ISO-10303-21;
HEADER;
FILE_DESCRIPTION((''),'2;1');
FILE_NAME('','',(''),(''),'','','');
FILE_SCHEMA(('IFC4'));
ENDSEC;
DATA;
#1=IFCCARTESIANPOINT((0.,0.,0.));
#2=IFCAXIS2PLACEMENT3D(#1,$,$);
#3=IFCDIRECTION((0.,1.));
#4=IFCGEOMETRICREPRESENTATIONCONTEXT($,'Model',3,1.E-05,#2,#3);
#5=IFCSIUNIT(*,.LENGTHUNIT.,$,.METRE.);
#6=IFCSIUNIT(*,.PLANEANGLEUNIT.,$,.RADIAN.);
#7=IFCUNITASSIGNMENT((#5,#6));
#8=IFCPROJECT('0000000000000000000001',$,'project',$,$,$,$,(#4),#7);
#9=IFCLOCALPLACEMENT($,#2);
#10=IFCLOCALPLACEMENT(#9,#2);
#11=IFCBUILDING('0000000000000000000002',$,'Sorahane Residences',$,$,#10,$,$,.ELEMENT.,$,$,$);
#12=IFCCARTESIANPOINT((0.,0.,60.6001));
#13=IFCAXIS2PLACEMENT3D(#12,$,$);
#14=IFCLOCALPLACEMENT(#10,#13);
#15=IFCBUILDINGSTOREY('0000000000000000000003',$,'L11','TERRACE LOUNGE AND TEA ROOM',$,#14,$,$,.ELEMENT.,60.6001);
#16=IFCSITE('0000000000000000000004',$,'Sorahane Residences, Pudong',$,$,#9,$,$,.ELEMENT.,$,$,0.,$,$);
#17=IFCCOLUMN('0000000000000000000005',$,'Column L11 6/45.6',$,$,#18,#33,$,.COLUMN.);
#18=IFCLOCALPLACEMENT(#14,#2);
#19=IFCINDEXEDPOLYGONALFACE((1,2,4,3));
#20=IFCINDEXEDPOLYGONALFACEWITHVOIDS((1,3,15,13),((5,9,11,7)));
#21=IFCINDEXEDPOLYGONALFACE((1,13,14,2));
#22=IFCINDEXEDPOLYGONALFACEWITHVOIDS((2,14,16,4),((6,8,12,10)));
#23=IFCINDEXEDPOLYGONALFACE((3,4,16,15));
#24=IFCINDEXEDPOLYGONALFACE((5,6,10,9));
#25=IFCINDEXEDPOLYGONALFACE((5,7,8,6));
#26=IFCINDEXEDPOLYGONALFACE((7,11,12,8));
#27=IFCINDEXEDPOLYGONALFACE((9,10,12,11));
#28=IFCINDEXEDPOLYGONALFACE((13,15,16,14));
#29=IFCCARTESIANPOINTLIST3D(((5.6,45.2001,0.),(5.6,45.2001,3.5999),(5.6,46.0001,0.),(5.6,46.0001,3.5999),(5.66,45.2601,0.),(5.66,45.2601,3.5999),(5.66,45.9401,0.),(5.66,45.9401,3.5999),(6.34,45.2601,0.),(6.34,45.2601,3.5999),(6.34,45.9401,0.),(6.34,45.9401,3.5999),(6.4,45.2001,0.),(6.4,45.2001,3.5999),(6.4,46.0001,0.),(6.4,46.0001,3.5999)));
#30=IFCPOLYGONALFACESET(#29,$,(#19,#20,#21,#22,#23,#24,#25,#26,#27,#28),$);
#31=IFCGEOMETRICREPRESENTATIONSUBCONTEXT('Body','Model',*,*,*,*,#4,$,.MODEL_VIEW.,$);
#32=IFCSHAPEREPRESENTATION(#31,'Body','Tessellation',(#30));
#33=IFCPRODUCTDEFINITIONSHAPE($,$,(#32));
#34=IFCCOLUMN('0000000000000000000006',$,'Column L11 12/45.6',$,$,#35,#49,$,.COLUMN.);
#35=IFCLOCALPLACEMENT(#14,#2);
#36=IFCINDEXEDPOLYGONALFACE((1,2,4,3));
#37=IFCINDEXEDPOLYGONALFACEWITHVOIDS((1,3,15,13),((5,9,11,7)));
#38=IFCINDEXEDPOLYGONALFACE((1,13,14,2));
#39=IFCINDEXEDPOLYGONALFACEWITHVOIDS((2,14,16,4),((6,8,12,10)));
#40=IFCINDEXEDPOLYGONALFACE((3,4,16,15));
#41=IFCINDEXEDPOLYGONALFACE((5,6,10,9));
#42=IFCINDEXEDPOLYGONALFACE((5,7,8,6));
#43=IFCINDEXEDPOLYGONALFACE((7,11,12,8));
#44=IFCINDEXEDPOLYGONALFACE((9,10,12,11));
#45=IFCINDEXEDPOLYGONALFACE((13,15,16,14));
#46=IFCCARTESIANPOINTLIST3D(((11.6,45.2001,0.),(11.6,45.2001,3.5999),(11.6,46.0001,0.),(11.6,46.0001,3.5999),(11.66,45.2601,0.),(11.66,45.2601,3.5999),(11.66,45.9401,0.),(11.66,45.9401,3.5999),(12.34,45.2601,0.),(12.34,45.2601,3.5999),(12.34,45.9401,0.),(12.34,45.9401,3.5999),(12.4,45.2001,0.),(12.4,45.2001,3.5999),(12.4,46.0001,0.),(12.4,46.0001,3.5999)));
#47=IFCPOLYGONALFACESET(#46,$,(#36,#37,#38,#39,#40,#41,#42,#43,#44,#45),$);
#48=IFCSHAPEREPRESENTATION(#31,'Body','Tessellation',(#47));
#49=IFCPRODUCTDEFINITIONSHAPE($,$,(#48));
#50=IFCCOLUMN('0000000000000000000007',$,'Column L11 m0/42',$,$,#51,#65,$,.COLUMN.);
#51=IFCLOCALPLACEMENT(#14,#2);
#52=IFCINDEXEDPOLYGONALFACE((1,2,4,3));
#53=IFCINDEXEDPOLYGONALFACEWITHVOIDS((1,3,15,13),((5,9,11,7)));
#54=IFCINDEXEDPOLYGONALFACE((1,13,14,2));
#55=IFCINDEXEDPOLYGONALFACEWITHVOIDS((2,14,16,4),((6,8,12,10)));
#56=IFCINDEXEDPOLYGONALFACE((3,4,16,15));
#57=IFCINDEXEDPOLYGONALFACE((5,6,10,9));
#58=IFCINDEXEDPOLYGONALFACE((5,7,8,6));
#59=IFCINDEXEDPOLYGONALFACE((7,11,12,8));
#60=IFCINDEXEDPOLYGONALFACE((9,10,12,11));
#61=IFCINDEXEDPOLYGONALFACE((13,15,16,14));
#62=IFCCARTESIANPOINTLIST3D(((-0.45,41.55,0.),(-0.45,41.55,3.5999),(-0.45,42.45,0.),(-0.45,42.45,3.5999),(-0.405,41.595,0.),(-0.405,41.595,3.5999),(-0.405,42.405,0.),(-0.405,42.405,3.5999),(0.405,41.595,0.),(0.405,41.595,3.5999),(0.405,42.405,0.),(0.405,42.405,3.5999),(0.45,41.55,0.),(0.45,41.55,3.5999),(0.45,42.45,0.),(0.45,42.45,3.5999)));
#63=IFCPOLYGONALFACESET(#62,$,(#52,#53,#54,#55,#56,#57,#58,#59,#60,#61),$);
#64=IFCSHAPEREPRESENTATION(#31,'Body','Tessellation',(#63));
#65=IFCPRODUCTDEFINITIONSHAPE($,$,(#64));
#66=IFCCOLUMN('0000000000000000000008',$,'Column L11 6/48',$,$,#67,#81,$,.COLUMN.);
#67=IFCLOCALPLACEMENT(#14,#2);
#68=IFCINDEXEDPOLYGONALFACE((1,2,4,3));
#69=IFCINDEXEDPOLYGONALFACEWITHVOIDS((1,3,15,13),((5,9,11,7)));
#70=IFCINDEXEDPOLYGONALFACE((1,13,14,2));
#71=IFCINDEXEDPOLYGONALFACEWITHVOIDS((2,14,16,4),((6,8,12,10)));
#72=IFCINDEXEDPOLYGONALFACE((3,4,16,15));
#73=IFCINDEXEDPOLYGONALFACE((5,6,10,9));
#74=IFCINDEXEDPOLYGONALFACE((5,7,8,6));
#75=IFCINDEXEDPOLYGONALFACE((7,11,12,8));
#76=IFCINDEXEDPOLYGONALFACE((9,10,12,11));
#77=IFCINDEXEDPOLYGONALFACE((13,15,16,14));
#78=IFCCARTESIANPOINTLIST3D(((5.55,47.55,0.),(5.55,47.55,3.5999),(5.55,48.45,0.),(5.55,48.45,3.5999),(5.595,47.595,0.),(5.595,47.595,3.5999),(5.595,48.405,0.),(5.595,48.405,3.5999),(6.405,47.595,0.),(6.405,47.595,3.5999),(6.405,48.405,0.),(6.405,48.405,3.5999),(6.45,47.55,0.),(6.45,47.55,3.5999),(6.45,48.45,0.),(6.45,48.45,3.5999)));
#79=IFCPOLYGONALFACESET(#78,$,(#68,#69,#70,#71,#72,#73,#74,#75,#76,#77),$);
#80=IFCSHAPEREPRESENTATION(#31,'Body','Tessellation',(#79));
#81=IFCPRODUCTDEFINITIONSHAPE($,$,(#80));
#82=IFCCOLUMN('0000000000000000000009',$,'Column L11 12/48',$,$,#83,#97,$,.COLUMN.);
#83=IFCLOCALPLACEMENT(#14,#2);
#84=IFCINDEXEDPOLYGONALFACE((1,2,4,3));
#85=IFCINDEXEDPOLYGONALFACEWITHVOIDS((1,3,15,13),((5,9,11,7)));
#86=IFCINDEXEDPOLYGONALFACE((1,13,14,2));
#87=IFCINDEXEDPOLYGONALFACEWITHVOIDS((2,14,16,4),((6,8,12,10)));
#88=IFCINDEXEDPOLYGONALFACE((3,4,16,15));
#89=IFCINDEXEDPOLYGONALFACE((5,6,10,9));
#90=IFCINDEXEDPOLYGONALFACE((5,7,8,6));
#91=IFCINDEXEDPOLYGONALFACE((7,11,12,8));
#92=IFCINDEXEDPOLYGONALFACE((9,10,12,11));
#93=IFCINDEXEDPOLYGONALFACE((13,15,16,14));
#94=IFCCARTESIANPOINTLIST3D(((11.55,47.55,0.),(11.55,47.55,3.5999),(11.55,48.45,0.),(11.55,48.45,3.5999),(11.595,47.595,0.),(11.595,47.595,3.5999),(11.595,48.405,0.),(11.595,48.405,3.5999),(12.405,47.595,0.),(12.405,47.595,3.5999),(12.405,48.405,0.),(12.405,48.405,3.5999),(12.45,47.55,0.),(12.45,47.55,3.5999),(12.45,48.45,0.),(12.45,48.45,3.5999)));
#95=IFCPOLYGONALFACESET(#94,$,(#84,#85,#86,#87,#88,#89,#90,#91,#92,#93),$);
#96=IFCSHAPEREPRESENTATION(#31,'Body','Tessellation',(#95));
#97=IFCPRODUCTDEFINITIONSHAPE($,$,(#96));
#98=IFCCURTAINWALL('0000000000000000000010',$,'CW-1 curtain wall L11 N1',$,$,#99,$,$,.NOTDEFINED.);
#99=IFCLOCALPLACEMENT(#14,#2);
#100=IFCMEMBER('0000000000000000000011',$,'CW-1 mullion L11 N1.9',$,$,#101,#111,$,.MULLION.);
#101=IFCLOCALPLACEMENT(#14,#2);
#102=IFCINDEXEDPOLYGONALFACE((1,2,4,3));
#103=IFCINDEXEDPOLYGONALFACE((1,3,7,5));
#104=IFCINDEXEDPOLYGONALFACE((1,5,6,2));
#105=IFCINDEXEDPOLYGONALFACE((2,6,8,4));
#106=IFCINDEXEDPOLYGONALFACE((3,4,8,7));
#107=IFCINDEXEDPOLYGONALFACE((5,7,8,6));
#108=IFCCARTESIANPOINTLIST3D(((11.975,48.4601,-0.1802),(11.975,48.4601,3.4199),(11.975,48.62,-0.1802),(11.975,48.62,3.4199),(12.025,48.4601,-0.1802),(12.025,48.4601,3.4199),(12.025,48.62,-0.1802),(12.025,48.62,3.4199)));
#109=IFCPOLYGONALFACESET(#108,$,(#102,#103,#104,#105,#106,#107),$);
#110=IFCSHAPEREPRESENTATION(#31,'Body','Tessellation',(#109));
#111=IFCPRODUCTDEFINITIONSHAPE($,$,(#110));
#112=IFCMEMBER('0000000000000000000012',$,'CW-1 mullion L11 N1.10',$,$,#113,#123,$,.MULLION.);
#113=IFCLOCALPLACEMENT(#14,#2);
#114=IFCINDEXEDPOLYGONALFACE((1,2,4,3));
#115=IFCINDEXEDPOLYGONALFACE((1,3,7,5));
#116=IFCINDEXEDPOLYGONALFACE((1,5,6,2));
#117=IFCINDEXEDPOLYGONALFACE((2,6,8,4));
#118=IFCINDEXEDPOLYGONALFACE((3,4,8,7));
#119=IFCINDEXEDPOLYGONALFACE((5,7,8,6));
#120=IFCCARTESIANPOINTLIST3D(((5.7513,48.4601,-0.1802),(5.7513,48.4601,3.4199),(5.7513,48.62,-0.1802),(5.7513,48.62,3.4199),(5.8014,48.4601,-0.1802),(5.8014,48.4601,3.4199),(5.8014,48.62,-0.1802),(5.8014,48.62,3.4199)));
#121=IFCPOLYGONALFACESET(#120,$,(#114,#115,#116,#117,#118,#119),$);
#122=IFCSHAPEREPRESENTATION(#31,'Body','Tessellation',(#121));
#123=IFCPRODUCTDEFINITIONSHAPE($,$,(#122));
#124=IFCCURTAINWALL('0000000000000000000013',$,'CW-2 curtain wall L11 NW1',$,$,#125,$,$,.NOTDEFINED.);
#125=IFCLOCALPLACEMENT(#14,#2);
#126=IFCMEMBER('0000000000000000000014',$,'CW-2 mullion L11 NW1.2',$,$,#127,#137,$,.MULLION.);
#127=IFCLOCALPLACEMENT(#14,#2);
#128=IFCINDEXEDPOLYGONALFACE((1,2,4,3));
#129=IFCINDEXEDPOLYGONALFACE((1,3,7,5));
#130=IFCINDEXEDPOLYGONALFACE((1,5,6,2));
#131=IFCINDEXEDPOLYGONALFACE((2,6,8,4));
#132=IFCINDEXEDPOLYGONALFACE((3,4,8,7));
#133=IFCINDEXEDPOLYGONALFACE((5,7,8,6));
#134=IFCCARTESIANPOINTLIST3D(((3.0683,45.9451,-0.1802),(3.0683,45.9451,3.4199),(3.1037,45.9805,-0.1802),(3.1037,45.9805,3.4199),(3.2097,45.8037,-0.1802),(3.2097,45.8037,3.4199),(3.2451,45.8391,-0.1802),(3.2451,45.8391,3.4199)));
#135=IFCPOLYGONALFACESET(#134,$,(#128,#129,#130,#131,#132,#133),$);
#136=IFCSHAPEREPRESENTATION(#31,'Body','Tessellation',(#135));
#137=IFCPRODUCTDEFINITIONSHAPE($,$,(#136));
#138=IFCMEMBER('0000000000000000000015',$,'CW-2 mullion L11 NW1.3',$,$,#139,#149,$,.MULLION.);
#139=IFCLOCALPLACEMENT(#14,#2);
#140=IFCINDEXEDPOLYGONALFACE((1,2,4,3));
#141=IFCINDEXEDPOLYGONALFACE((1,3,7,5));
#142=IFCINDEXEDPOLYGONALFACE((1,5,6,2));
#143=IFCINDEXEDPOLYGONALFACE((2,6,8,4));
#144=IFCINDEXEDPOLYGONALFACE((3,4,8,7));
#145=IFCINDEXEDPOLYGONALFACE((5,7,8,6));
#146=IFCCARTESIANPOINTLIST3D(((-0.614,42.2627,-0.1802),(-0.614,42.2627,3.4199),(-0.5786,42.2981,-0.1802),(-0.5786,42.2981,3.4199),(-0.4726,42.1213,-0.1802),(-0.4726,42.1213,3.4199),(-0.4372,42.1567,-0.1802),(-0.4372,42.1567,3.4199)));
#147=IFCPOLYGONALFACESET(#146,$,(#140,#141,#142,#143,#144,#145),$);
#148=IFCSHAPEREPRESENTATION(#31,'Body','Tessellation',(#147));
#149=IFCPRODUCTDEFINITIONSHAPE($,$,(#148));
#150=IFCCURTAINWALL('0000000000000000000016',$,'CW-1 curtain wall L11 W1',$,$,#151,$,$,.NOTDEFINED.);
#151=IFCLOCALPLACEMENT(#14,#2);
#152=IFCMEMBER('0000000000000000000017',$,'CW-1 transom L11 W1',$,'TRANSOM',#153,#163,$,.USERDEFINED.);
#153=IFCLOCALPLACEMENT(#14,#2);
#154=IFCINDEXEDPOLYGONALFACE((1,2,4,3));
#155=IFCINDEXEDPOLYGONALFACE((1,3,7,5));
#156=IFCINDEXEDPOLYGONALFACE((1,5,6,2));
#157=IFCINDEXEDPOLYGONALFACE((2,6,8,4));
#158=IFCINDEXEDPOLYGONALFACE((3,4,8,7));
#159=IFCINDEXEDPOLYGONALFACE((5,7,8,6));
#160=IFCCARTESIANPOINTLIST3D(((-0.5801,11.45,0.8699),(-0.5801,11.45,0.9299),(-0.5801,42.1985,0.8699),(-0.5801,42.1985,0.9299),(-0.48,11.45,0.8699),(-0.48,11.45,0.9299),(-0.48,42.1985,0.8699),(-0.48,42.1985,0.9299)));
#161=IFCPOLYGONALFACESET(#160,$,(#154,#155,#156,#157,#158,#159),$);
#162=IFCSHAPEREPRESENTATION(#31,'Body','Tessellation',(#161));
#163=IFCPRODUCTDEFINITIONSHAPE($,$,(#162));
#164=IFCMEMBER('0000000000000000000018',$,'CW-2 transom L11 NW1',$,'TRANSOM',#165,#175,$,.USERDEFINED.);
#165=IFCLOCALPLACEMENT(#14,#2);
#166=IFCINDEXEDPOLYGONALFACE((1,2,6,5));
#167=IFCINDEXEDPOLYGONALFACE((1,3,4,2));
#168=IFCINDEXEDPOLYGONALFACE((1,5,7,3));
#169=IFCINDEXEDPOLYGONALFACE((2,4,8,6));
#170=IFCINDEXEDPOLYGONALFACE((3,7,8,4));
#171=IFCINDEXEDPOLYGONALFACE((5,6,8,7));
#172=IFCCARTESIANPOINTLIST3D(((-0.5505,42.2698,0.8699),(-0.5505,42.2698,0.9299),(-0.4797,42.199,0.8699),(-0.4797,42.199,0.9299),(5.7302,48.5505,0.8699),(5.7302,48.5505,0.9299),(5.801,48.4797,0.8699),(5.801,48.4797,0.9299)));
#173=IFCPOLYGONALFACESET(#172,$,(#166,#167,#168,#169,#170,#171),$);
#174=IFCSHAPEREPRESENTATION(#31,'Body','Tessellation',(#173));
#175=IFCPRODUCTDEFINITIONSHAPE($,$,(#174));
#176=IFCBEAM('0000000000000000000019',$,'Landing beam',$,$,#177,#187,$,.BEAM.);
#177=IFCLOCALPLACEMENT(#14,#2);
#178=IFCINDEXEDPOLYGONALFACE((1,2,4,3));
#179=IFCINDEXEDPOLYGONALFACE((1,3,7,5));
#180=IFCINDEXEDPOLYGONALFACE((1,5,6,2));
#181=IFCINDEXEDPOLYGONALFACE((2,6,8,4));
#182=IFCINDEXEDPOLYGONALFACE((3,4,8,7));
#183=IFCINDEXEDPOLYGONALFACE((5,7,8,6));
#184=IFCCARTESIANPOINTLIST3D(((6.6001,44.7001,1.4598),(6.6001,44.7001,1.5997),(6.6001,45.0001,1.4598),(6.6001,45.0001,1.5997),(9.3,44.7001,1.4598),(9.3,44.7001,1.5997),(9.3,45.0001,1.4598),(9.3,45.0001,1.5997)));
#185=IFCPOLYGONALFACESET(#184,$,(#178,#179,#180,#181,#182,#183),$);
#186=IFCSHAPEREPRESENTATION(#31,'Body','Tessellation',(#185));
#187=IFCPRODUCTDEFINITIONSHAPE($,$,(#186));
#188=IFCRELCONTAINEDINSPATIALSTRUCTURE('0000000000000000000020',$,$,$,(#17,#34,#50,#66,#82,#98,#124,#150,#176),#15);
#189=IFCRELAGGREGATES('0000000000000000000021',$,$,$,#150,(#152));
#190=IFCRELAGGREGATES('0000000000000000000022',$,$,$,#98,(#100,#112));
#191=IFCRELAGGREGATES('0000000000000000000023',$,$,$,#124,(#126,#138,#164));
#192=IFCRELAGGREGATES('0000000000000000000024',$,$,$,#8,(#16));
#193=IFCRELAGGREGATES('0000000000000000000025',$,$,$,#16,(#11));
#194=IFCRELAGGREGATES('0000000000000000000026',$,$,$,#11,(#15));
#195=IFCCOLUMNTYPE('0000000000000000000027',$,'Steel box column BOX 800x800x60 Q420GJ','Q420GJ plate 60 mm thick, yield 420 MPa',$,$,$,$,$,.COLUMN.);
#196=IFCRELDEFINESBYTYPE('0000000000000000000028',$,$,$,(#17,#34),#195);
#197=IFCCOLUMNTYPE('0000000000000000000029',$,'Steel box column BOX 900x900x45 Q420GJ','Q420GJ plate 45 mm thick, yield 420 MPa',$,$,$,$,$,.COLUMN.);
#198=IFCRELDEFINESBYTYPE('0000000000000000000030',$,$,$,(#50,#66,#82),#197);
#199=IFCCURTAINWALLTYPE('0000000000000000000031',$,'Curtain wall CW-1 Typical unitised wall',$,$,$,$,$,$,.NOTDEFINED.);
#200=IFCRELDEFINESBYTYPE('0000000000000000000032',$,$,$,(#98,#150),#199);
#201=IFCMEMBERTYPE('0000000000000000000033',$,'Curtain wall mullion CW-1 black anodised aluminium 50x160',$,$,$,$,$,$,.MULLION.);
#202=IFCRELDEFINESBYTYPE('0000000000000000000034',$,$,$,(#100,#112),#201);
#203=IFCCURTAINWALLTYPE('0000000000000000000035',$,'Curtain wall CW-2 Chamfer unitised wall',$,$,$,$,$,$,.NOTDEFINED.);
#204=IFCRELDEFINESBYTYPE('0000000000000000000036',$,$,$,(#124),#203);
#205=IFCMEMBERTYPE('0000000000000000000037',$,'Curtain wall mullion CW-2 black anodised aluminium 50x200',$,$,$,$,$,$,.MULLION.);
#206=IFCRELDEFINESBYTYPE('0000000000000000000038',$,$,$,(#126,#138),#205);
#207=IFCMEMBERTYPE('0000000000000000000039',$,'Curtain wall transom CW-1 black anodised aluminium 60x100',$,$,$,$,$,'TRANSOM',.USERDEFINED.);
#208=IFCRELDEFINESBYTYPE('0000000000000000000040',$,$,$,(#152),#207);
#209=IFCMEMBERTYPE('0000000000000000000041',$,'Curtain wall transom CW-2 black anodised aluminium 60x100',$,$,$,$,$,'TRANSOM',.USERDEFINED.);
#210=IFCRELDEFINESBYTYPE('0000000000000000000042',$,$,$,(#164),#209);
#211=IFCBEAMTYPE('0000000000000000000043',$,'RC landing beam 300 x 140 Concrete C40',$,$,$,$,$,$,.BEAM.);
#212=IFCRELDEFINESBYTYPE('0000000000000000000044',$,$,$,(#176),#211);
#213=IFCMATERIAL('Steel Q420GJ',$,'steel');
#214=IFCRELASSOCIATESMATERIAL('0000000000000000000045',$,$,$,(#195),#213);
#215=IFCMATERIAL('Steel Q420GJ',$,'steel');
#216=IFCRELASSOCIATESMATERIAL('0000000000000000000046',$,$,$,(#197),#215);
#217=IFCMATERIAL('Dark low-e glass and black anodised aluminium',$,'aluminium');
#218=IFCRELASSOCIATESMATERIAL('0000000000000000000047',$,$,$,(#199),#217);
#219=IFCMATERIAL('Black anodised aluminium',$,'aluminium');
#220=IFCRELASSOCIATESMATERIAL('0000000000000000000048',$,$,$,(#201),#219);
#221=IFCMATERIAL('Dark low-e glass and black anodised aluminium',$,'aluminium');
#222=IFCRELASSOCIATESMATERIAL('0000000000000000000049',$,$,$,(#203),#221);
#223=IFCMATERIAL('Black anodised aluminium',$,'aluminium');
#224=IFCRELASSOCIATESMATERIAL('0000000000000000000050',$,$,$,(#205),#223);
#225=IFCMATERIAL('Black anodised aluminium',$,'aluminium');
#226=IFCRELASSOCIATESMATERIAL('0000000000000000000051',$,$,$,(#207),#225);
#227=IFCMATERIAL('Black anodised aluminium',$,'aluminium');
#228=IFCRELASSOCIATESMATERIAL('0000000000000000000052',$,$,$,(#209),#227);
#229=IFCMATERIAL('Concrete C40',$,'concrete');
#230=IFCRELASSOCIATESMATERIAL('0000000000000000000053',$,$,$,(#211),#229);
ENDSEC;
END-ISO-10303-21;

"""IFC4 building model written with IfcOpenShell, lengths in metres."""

from ifc_helpers import new_model, si_unit, direction, frame, origin, origin_2d, place, context, subcontext, project, spatial, rectangle, hollow_rectangle, extrude, material, material_profile, profile_set, type_object, element, aggregate, save


model = new_model("IFC4")

# Units and contexts
model_context = context("Model", 3, precision=1e-05, world=origin(), true_north=direction((0.0, 1.0)))
body_context = subcontext(model_context, "Body", "Model", "MODEL_VIEW")
ifc_project = project(units=[si_unit("LENGTHUNIT", "METRE"), si_unit("PLANEANGLEUNIT", "RADIAN")], contexts=[model_context])

# Site, building, storey
site_placement = place(None, origin())
site = spatial("IfcSite", under=ifc_project, at=site_placement, Name="Sorahane Residences, Pudong", CompositionType="ELEMENT", RefElevation=0.0)
building_placement = place(site_placement, origin())
building = spatial("IfcBuilding", under=site, at=building_placement, Name="Sorahane Residences", CompositionType="ELEMENT")
storey_placement = place(building_placement, frame((0.0, 0.0, 60.6001)))
storey = spatial("IfcBuildingStorey", under=building, at=storey_placement, Name="L11", Description="TERRACE LOUNGE AND TEA ROOM", CompositionType="ELEMENT", Elevation=60.6001)

# Columns
ifc_material_1 = material(Name="Steel Q420GJ", Category="steel")
ifc_material_profile_1 = material_profile(ifc_material_1, hollow_rectangle(XDim=0.8, YDim=0.8, WallThickness=0.0601, at=origin_2d()), Name="BOX 800x800x60")
ifc_profile_set_1 = profile_set([ifc_material_profile_1], Name="Steel Q420GJ")
column_type_1 = type_object("IfcColumnType", Name="Steel box column BOX 800x800x60 Q420GJ", Description="Q420GJ plate 60 mm thick, yield 420 MPa", PredefinedType="COLUMN", material=ifc_profile_set_1)
for number, where, z_axis, x_axis, name in (
    (1, (6.0, 45.6001, 0.0), (0.0, 0.0, 1.0), (1.0, 0.0, 0.0), "Column L11 6/45.6"),
    (2, (12.0, 45.6001, 0.0), (0.0, 0.0, 1.0), (1.0, 0.0, 0.0), "Column L11 12/45.6"),
):
    element("IfcColumn", number, at=place(storey_placement, frame(where, z_axis=z_axis, x_axis=x_axis)), inside=storey, type_object=column_type_1, Name=name, PredefinedType="COLUMN", context=body_context, shape_type="SweptSolid", body=[
        extrude(hollow_rectangle(XDim=0.8, YDim=0.8, WallThickness=0.0601, at=origin_2d()), origin(), (0.0, 0.0, 1.0), 3.5999),
    ])
ifc_material_2 = material(Name="Steel Q420GJ", Category="steel")
ifc_material_profile_2 = material_profile(ifc_material_2, hollow_rectangle(XDim=0.8999, YDim=0.8999, WallThickness=0.0449, at=origin_2d()), Name="BOX 900x900x45")
ifc_profile_set_2 = profile_set([ifc_material_profile_2], Name="Steel Q420GJ")
column_type_2 = type_object("IfcColumnType", Name="Steel box column BOX 900x900x45 Q420GJ", Description="Q420GJ plate 45 mm thick, yield 420 MPa", PredefinedType="COLUMN", material=ifc_profile_set_2)
for number, where, z_axis, x_axis, name in (
    (3, (0.0, 42.0, 0.0), (0.0, 0.0, 1.0), (1.0, 0.0, 0.0), "Column L11 m0/42"),
    (4, (6.0, 48.0, 0.0), (0.0, 0.0, 1.0), (1.0, 0.0, 0.0), "Column L11 6/48"),
    (5, (12.0, 48.0, 0.0), (0.0, 0.0, 1.0), (1.0, 0.0, 0.0), "Column L11 12/48"),
):
    element("IfcColumn", number, at=place(storey_placement, frame(where, z_axis=z_axis, x_axis=x_axis)), inside=storey, type_object=column_type_2, Name=name, PredefinedType="COLUMN", context=body_context, shape_type="SweptSolid", body=[
        extrude(hollow_rectangle(XDim=0.8999, YDim=0.8999, WallThickness=0.0449, at=origin_2d()), origin(), (0.0, 0.0, 1.0), 3.5999),
    ])

# Curtain walls, members
ifc_material_3 = material(Name="Dark low-e glass and black anodised aluminium", Category="aluminium")
curtain_wall_type_1 = type_object("IfcCurtainWallType", Name="Curtain wall CW-1 Typical unitised wall", PredefinedType="NOTDEFINED", material=ifc_material_3)
curtain_wall_1_placement = place(storey_placement, origin())
curtain_wall_1 = element("IfcCurtainWall", 6, at=curtain_wall_1_placement, inside=storey, type_object=curtain_wall_type_1, Name="CW-1 curtain wall L11 N1", PredefinedType="NOTDEFINED")
ifc_material_4 = material(Name="Black anodised aluminium", Category="aluminium")
ifc_material_profile_3 = material_profile(ifc_material_4, rectangle(XDim=0.1599, YDim=0.05, at=origin_2d()), Name="Curtain wall mullion CW-1 black anodised aluminium 50x160")
ifc_profile_set_3 = profile_set([ifc_material_profile_3], Name="Black anodised aluminium")
member_type_1 = type_object("IfcMemberType", Name="Curtain wall mullion CW-1 black anodised aluminium 50x160", PredefinedType="MULLION", material=ifc_profile_set_3)
member_1_placement = place(storey_placement, frame((12.0, 48.54, -0.1802), z_axis=(0.0, 0.0, 1.0), x_axis=(0.0, 1.0, 0.0)))
member_1 = element("IfcMember", 7, at=member_1_placement, type_object=member_type_1, Name="CW-1 mullion L11 N1.9", PredefinedType="MULLION", context=body_context, shape_type="SweptSolid", body=[
    extrude(rectangle(XDim=0.1599, YDim=0.05, at=origin_2d()), origin(), (0.0, 0.0, 1.0), 3.6001),
])
member_2_placement = place(storey_placement, frame((5.7764, 48.54, -0.1802), z_axis=(0.0, 0.0, 1.0), x_axis=(0.0, 1.0, 0.0)))
member_2 = element("IfcMember", 8, at=member_2_placement, type_object=member_type_1, Name="CW-1 mullion L11 N1.10", PredefinedType="MULLION", context=body_context, shape_type="SweptSolid", body=[
    extrude(rectangle(XDim=0.1599, YDim=0.05, at=origin_2d()), origin(), (0.0, 0.0, 1.0), 3.6001),
])
ifc_material_5 = material(Name="Dark low-e glass and black anodised aluminium", Category="aluminium")
curtain_wall_type_2 = type_object("IfcCurtainWallType", Name="Curtain wall CW-2 Chamfer unitised wall", PredefinedType="NOTDEFINED", material=ifc_material_5)
curtain_wall_2_placement = place(storey_placement, origin())
curtain_wall_2 = element("IfcCurtainWall", 9, at=curtain_wall_2_placement, inside=storey, type_object=curtain_wall_type_2, Name="CW-2 curtain wall L11 NW1", PredefinedType="NOTDEFINED")
ifc_material_6 = material(Name="Black anodised aluminium", Category="aluminium")
ifc_material_profile_4 = material_profile(ifc_material_6, rectangle(XDim=0.2, YDim=0.05, at=origin_2d()), Name="Curtain wall mullion CW-2 black anodised aluminium 50x200")
ifc_profile_set_4 = profile_set([ifc_material_profile_4], Name="Black anodised aluminium")
member_type_2 = type_object("IfcMemberType", Name="Curtain wall mullion CW-2 black anodised aluminium 50x200", PredefinedType="MULLION", material=ifc_profile_set_4)
member_3_placement = place(storey_placement, frame((3.1567, 45.8921, -0.1802), z_axis=(0.0, 0.0, 1.0), x_axis=(-0.707107, 0.707107, 0.0)))
member_3 = element("IfcMember", 10, at=member_3_placement, type_object=member_type_2, Name="CW-2 mullion L11 NW1.2", PredefinedType="MULLION", context=body_context, shape_type="SweptSolid", body=[
    extrude(rectangle(XDim=0.2, YDim=0.05, at=origin_2d()), origin(), (0.0, 0.0, 1.0), 3.6001),
])
member_4_placement = place(storey_placement, frame((-0.5256, 42.2097, -0.1802), z_axis=(0.0, 0.0, 1.0), x_axis=(-0.707107, 0.707107, 0.0)))
member_4 = element("IfcMember", 11, at=member_4_placement, type_object=member_type_2, Name="CW-2 mullion L11 NW1.3", PredefinedType="MULLION", context=body_context, shape_type="SweptSolid", body=[
    extrude(rectangle(XDim=0.2, YDim=0.05, at=origin_2d()), origin(), (0.0, 0.0, 1.0), 3.6001),
])

# Curtain wall, member
curtain_wall_3_placement = place(storey_placement, origin())
curtain_wall_3 = element("IfcCurtainWall", 12, at=curtain_wall_3_placement, inside=storey, type_object=curtain_wall_type_1, Name="CW-1 curtain wall L11 W1", PredefinedType="NOTDEFINED")
ifc_material_7 = material(Name="Black anodised aluminium", Category="aluminium")
ifc_material_profile_5 = material_profile(ifc_material_7, rectangle(XDim=0.1001, YDim=0.0601, at=origin_2d()), Name="Curtain wall transom CW-1 black anodised aluminium 60x100")
ifc_profile_set_5 = profile_set([ifc_material_profile_5], Name="Black anodised aluminium")
member_type_3 = type_object("IfcMemberType", Name="Curtain wall transom CW-1 black anodised aluminium 60x100", ElementType="TRANSOM", PredefinedType="USERDEFINED", material=ifc_profile_set_5)
member_5_placement = place(storey_placement, frame((-0.53, 42.1985, 0.8999), z_axis=(0.0, -1.0, 0.0), x_axis=(1.0, 0.0, 0.0)))
member_5 = element("IfcMember", 13, at=member_5_placement, type_object=member_type_3, Name="CW-1 transom L11 W1", ObjectType="TRANSOM", PredefinedType="USERDEFINED", context=body_context, shape_type="SweptSolid", body=[
    extrude(rectangle(XDim=0.1001, YDim=0.0601, at=origin_2d()), origin(), (0.0, 0.0, 1.0), 30.7485),
])
aggregate(curtain_wall_3, [member_5])

# Member
ifc_material_8 = material(Name="Black anodised aluminium", Category="aluminium")
ifc_material_profile_6 = material_profile(ifc_material_8, rectangle(XDim=0.1001, YDim=0.0601, at=origin_2d()), Name="Curtain wall transom CW-2 black anodised aluminium 60x100")
ifc_profile_set_6 = profile_set([ifc_material_profile_6], Name="Black anodised aluminium")
member_type_4 = type_object("IfcMemberType", Name="Curtain wall transom CW-2 black anodised aluminium 60x100", ElementType="TRANSOM", PredefinedType="USERDEFINED", material=ifc_profile_set_6)
member_6_placement = place(storey_placement, frame((5.7656, 48.5151, 0.8999), z_axis=(-0.707107, -0.707107, 0.0), x_axis=(0.707107, -0.707107, 0.0)))
member_6 = element("IfcMember", 14, at=member_6_placement, type_object=member_type_4, Name="CW-2 transom L11 NW1", ObjectType="TRANSOM", PredefinedType="USERDEFINED", context=body_context, shape_type="SweptSolid", body=[
    extrude(rectangle(XDim=0.1001, YDim=0.0601, at=origin_2d()), origin(), (0.0, 0.0, 1.0), 8.8823),
])

# Beam
ifc_material_9 = material(Name="Concrete C40", Category="concrete")
ifc_material_profile_7 = material_profile(ifc_material_9, rectangle(XDim=0.3, YDim=0.1399, at=origin_2d()), Name="300x140")
ifc_profile_set_7 = profile_set([ifc_material_profile_7], Name="Concrete C40")
beam_type_1 = type_object("IfcBeamType", Name="RC landing beam 300 x 140 Concrete C40", PredefinedType="BEAM", material=ifc_profile_set_7)
beam_1_placement = place(storey_placement, frame((6.6001, 44.8501, 1.5298), z_axis=(1.0, 0.0, 0.0), x_axis=(0.0, 1.0, 0.0)))
element("IfcBeam", 15, at=beam_1_placement, inside=storey, type_object=beam_type_1, Name="Landing beam", PredefinedType="BEAM", context=body_context, shape_type="SweptSolid", body=[
    extrude(rectangle(XDim=0.3, YDim=0.1399, at=origin_2d()), origin(), (0.0, 0.0, 1.0), 2.7),
])

aggregate(curtain_wall_1, [member_1, member_2])
aggregate(curtain_wall_2, [member_3, member_4, member_6])

save(model, "model.ifc")
